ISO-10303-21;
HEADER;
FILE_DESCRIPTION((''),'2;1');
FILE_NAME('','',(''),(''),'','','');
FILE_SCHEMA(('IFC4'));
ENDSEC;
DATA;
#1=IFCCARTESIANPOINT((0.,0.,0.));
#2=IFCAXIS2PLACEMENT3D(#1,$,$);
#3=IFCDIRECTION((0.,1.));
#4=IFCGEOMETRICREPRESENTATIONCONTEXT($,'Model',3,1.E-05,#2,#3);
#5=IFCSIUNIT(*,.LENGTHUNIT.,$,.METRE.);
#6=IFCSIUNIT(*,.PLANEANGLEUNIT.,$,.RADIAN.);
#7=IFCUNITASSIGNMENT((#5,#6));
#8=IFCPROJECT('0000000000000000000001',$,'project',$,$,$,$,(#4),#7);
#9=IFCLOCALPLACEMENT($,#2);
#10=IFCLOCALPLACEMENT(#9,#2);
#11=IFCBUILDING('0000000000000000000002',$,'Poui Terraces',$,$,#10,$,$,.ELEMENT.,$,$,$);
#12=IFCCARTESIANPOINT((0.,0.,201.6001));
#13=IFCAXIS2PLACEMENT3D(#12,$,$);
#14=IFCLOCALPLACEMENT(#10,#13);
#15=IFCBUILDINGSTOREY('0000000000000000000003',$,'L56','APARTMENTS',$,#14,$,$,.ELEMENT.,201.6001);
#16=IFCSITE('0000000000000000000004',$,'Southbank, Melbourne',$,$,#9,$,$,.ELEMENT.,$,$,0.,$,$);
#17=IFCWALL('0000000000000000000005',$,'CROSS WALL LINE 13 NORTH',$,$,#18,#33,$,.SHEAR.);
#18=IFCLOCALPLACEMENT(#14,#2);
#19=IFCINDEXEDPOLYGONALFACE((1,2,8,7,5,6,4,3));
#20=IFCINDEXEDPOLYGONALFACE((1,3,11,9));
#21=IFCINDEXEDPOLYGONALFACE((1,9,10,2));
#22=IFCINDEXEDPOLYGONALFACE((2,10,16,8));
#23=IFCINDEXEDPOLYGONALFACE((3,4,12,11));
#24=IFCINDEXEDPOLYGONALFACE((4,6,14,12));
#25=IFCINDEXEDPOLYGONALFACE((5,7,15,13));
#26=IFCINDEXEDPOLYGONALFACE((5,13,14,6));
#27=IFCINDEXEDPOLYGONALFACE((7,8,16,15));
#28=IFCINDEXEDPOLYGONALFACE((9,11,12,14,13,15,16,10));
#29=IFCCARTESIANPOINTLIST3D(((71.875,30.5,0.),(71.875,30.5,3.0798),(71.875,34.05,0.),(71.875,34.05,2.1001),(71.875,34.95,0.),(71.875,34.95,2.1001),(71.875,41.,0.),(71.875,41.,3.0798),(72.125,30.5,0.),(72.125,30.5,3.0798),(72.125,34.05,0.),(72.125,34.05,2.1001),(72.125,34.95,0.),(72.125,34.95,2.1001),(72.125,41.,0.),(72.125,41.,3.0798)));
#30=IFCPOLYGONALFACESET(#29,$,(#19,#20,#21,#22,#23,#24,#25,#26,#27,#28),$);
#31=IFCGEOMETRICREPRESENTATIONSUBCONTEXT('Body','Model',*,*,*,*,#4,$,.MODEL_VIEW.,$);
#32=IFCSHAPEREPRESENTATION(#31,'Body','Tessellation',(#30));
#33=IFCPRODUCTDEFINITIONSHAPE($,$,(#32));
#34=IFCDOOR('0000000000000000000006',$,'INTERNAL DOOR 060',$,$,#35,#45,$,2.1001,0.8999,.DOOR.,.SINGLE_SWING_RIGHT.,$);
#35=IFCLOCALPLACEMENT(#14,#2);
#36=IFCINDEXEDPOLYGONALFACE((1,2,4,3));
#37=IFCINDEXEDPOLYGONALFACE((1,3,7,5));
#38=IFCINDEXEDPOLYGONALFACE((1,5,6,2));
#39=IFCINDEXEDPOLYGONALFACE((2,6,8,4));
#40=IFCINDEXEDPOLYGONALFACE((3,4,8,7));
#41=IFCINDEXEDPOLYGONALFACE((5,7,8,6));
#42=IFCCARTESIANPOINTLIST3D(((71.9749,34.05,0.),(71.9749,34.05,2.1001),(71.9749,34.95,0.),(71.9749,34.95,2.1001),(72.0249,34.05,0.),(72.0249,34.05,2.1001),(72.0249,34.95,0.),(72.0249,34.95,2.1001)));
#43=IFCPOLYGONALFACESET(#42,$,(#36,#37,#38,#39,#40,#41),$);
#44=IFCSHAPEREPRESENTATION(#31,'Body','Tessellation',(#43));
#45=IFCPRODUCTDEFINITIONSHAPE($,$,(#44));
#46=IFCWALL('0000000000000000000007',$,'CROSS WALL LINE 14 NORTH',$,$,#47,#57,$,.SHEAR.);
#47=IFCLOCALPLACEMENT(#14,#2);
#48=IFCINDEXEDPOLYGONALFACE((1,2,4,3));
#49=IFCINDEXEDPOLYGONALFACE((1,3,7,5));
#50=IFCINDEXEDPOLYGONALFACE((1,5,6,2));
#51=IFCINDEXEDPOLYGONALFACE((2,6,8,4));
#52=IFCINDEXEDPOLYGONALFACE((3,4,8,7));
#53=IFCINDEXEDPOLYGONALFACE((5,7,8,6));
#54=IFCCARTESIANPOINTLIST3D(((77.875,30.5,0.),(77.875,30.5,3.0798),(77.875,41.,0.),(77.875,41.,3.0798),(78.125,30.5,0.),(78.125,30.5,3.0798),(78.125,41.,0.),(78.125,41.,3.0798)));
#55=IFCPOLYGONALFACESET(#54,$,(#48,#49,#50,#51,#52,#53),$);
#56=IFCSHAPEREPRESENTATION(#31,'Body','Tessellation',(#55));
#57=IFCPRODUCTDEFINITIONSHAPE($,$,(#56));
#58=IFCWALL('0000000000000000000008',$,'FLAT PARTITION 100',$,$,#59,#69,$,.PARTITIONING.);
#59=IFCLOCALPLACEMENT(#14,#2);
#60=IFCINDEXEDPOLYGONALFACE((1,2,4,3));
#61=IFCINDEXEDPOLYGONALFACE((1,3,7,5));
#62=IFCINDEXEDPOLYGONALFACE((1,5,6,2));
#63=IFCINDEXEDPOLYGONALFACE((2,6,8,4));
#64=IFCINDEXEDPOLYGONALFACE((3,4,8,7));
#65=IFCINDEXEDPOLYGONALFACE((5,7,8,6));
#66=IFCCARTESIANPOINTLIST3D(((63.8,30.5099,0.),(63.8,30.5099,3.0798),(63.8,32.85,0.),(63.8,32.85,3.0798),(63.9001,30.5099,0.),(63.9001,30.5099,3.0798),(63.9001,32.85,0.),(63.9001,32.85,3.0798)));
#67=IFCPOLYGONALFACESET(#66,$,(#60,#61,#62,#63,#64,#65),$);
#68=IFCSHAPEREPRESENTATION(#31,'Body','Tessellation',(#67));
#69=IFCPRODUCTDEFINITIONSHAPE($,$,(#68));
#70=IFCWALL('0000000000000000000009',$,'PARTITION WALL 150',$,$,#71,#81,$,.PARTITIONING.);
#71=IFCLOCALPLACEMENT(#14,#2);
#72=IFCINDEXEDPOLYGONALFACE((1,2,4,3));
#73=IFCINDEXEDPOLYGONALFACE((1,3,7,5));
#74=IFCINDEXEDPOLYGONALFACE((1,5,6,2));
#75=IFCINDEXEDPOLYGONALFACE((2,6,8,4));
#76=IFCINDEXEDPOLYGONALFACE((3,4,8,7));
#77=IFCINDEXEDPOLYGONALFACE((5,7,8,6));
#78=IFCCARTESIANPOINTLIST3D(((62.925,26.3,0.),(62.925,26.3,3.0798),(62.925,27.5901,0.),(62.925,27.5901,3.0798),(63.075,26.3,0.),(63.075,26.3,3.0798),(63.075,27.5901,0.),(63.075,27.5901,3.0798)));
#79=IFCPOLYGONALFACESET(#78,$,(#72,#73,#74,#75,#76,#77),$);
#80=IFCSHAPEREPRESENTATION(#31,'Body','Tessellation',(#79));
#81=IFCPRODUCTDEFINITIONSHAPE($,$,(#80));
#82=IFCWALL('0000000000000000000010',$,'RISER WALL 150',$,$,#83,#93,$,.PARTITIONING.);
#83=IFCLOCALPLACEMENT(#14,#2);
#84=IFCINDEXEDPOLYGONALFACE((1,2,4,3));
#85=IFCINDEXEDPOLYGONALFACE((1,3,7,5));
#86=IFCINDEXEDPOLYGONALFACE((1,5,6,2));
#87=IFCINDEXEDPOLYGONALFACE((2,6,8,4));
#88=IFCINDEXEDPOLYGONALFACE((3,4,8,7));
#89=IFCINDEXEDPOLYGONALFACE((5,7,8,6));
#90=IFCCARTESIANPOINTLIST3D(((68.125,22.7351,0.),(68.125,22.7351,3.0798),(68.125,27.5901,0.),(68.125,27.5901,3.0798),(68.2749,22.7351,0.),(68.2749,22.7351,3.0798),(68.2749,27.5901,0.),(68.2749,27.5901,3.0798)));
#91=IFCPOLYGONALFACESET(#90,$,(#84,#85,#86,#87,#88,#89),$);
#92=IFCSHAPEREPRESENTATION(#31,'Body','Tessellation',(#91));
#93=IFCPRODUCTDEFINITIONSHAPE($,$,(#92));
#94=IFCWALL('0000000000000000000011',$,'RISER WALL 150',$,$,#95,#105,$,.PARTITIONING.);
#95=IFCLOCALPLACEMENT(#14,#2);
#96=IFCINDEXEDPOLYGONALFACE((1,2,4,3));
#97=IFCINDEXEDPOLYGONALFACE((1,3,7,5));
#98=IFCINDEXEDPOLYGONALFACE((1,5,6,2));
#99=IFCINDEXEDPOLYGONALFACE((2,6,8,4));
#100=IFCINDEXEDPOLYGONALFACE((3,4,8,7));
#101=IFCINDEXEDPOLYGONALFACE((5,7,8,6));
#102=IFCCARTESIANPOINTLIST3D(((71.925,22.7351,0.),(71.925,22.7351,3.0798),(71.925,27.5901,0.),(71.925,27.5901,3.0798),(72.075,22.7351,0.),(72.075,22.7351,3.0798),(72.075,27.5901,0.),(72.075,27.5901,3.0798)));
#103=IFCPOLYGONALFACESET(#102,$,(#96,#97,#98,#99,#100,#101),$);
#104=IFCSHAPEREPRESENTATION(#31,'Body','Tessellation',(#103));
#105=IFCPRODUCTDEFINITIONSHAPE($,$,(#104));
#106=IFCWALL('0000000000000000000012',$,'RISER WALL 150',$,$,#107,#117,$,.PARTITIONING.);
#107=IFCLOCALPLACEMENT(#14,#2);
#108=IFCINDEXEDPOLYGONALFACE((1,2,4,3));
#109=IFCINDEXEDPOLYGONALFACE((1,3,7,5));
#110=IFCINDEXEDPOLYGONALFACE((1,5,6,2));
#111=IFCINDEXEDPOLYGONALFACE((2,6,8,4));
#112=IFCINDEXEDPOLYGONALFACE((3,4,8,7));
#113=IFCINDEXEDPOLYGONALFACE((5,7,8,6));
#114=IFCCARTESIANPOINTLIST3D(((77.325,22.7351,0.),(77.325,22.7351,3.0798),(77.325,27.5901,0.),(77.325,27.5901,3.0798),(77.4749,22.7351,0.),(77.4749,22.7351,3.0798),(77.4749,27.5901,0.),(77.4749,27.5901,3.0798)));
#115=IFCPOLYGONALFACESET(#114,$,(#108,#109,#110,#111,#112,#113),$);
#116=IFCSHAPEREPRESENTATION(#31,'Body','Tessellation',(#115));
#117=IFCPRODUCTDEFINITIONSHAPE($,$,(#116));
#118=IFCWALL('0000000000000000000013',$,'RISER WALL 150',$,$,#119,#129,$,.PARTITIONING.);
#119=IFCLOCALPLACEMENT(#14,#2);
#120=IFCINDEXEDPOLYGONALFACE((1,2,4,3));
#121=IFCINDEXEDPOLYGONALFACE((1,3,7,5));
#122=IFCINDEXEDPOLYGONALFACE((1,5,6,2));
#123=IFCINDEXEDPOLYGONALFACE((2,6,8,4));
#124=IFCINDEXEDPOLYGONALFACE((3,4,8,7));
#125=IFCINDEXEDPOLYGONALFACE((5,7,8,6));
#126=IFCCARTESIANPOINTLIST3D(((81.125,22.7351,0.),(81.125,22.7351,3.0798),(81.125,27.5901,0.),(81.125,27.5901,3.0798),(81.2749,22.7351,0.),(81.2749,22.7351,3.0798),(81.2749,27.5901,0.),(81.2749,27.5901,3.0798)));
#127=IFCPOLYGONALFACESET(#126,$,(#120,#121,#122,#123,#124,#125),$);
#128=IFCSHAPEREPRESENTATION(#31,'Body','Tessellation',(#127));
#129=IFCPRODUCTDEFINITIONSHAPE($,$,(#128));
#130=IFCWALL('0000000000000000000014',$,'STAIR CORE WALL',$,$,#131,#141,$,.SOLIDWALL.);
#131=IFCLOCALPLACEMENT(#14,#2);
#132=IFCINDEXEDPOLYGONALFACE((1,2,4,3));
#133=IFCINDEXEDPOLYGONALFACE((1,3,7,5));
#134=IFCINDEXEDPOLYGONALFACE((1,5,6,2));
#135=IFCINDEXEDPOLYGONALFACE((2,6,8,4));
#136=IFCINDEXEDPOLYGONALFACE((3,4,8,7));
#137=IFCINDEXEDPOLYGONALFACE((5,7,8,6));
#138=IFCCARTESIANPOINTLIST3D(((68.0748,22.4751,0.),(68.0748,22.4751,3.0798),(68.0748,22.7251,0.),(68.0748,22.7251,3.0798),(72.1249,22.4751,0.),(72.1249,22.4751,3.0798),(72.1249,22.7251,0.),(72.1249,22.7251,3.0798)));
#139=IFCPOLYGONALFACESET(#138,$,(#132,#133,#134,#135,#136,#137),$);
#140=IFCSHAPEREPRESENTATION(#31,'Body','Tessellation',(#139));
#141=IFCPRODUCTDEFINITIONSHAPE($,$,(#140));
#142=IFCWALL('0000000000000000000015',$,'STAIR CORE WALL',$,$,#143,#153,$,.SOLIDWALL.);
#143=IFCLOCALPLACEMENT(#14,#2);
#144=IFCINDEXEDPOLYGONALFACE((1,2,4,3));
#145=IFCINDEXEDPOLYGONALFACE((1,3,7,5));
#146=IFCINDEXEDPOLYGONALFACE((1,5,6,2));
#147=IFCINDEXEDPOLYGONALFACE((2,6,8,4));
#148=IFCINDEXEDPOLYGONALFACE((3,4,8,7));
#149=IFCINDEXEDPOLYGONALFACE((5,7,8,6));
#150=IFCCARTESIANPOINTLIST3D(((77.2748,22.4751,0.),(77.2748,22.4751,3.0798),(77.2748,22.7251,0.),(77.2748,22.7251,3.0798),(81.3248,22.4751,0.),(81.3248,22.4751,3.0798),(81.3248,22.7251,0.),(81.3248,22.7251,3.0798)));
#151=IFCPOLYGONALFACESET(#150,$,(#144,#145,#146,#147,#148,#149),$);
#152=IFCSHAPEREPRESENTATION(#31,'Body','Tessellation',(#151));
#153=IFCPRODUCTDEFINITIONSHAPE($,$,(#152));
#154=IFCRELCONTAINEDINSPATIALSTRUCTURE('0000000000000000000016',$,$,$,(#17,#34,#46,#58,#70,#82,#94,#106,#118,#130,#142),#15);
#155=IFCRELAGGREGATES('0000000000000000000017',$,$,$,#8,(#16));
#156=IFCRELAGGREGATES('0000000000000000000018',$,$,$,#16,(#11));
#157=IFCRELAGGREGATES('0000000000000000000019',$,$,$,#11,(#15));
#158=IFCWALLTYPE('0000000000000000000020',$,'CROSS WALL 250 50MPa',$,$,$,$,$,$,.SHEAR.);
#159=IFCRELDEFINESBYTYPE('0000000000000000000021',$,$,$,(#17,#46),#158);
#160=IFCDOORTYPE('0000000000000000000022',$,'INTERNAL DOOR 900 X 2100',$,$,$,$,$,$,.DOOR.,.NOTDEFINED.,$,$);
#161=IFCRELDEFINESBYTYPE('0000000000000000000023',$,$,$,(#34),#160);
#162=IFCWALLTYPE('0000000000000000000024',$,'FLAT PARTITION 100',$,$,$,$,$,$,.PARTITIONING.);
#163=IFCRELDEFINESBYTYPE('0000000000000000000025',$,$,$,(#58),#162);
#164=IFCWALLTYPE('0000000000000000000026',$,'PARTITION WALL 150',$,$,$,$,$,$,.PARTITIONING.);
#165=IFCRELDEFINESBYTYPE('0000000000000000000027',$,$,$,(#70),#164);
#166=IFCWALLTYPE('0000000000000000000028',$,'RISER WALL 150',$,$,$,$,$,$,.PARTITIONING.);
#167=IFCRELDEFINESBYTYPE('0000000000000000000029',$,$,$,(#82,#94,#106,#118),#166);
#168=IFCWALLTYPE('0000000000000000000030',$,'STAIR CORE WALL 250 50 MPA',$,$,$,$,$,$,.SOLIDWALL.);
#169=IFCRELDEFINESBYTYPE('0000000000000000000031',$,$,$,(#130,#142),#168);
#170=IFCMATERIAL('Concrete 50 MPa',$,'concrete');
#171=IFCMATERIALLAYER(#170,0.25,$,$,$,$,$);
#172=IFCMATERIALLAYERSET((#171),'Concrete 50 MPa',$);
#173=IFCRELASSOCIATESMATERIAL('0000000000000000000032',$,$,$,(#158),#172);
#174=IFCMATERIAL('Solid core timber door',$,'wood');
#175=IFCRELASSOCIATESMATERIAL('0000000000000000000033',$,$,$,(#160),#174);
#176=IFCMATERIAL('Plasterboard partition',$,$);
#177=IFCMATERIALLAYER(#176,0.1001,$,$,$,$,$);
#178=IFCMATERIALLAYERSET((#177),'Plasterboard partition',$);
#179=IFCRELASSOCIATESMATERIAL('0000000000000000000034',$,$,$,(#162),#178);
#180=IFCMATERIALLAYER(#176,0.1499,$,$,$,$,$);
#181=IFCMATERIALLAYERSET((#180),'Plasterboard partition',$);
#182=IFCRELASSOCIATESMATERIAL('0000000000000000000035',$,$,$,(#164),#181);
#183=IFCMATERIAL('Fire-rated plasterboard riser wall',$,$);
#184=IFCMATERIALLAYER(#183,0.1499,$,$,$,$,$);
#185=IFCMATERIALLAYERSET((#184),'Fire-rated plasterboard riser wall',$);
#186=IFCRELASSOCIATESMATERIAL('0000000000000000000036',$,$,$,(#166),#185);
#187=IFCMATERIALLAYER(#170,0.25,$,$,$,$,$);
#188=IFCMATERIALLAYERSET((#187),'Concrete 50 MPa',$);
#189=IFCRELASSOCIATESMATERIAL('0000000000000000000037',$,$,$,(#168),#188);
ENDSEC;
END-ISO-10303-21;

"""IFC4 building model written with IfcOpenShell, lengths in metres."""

from ifc_helpers import new_model, si_unit, direction, frame, frame_2d, origin, place, context, subcontext, project, spatial, rectangle, extrude, material, layer, layer_set, type_object, element, fill, save


model = new_model("IFC4")

# Units and contexts
model_context = context("Model", 3, precision=1e-05, world=origin(), true_north=direction((0.0, 1.0)))
body_context = subcontext(model_context, "Body", "Model", "MODEL_VIEW")
ifc_project = project(units=[si_unit("LENGTHUNIT", "METRE"), si_unit("PLANEANGLEUNIT", "RADIAN")], contexts=[model_context])

# Site, building, storey
site_placement = place(None, origin())
site = spatial("IfcSite", under=ifc_project, at=site_placement, Name="Southbank, Melbourne", CompositionType="ELEMENT", RefElevation=0.0)
building_placement = place(site_placement, origin())
building = spatial("IfcBuilding", under=site, at=building_placement, Name="Poui Terraces", CompositionType="ELEMENT")
storey_placement = place(building_placement, frame((0.0, 0.0, 201.6001)))
storey = spatial("IfcBuildingStorey", under=building, at=storey_placement, Name="L56", Description="APARTMENTS", CompositionType="ELEMENT", Elevation=201.6001)

# Shared definitions
ifc_material_1 = material(Name="Concrete 50 MPa", Category="concrete")

# Wall, opening, door
ifc_material_2 = material(Name="Solid core timber door", Category="wood")
ifc_layer_1 = layer(ifc_material_1, 0.25)
ifc_layer_set_1 = layer_set([ifc_layer_1], Name="Concrete 50 MPa")
wall_type_1 = type_object("IfcWallType", Name="CROSS WALL 250 50MPa", PredefinedType="SHEAR", material=ifc_layer_set_1)
door_type_1 = type_object("IfcDoorType", Name="INTERNAL DOOR 900 X 2100", OperationType="NOTDEFINED", PredefinedType="DOOR", material=ifc_material_2)
wall_1_placement = place(storey_placement, frame((72.0, 30.5, 0.0), z_axis=(0.0, 0.0, 1.0), x_axis=(0.0, 1.0, 0.0)))
wall_1 = element("IfcWall", 1, at=wall_1_placement, inside=storey, type_object=wall_type_1, Name="CROSS WALL LINE 13 NORTH", PredefinedType="SHEAR", context=body_context, shape_type="SweptSolid", body=[
    extrude(rectangle(XDim=10.5, YDim=0.25, at=frame_2d((5.25, 0.0))), origin(), (0.0, 0.0, 1.0), 3.0798),
])
opening_1_placement = place(wall_1_placement, frame((3.55, 0.0, 0.0)))
opening_1 = element("IfcOpeningElement", 2, at=opening_1_placement, cuts=wall_1, PredefinedType="OPENING", context=body_context, shape_type="SweptSolid", body=[
    extrude(rectangle(XDim=0.8999, YDim=2.1001, at=frame_2d((0.45, 1.05))), frame((0.0, 0.135, 0.0), z_axis=(0.0, -1.0, 0.0), x_axis=(1.0, 0.0, 0.0)), (0.0, 0.0, 1.0), 0.27),
])
door_1_placement = place(opening_1_placement, frame((0.8999, 0.0, 0.0), z_axis=(0.0, 0.0, 1.0), x_axis=(-1.0, 0.0, 0.0)))
door_1 = element("IfcDoor", 3, at=door_1_placement, inside=storey, type_object=door_type_1, Name="INTERNAL DOOR 060", OperationType="SINGLE_SWING_RIGHT", OverallHeight=2.1001, OverallWidth=0.8999, PredefinedType="DOOR", context=body_context, shape_type="SweptSolid", body=[
    extrude(rectangle(XDim=0.8999, YDim=2.1001, at=frame_2d((0.45, 1.05))), frame((0.0, 0.0249, 0.0), z_axis=(0.0, -1.0, 0.0), x_axis=(1.0, 0.0, 0.0)), (0.0, 0.0, 1.0), 0.05),
])
fill(opening_1, door_1)

# Walls
wall_2_placement = place(storey_placement, frame((78.0, 30.5, 0.0), z_axis=(0.0, 0.0, 1.0), x_axis=(0.0, 1.0, 0.0)))
element("IfcWall", 4, at=wall_2_placement, inside=storey, type_object=wall_type_1, Name="CROSS WALL LINE 14 NORTH", PredefinedType="SHEAR", context=body_context, shape_type="SweptSolid", body=[
    extrude(rectangle(XDim=10.5, YDim=0.25, at=frame_2d((5.25, 0.0))), origin(), (0.0, 0.0, 1.0), 3.0798),
])
ifc_material_3 = material(Name="Plasterboard partition")
ifc_layer_2 = layer(ifc_material_3, 0.1001)
ifc_layer_set_2 = layer_set([ifc_layer_2], Name="Plasterboard partition")
wall_type_2 = type_object("IfcWallType", Name="FLAT PARTITION 100", PredefinedType="PARTITIONING", material=ifc_layer_set_2)
wall_3_placement = place(storey_placement, frame((63.8501, 30.51, 0.0), z_axis=(0.0, 0.0, 1.0), x_axis=(0.0, 1.0, 0.0)))
element("IfcWall", 5, at=wall_3_placement, inside=storey, type_object=wall_type_2, Name="FLAT PARTITION 100", PredefinedType="PARTITIONING", context=body_context, shape_type="SweptSolid", body=[
    extrude(rectangle(XDim=2.3401, YDim=0.1001, at=frame_2d((1.1699, 0.0))), origin(), (0.0, 0.0, 1.0), 3.0798),
])
ifc_layer_3 = layer(ifc_material_3, 0.1499)
ifc_layer_set_3 = layer_set([ifc_layer_3], Name="Plasterboard partition")
wall_type_3 = type_object("IfcWallType", Name="PARTITION WALL 150", PredefinedType="PARTITIONING", material=ifc_layer_set_3)
wall_4_placement = place(storey_placement, frame((63.0, 26.3, 0.0), z_axis=(0.0, 0.0, 1.0), x_axis=(0.0, 1.0, 0.0)))
element("IfcWall", 6, at=wall_4_placement, inside=storey, type_object=wall_type_3, Name="PARTITION WALL 150", PredefinedType="PARTITIONING", context=body_context, shape_type="SweptSolid", body=[
    extrude(rectangle(XDim=1.29, YDim=0.1499, at=frame_2d((0.645, 0.0))), origin(), (0.0, 0.0, 1.0), 3.0798),
])
ifc_material_4 = material(Name="Fire-rated plasterboard riser wall")
ifc_layer_4 = layer(ifc_material_4, 0.1499)
ifc_layer_set_4 = layer_set([ifc_layer_4], Name="Fire-rated plasterboard riser wall")
wall_type_4 = type_object("IfcWallType", Name="RISER WALL 150", PredefinedType="PARTITIONING", material=ifc_layer_set_4)
for number, where, z_axis, x_axis, name in (
    (7, (68.2, 22.7351, 0.0), (0.0, 0.0, 1.0), (0.0, 1.0, 0.0), "RISER WALL 150"),
    (8, (72.0, 22.7351, 0.0), (0.0, 0.0, 1.0), (0.0, 1.0, 0.0), "RISER WALL 150"),
    (9, (77.3999, 22.7351, 0.0), (0.0, 0.0, 1.0), (0.0, 1.0, 0.0), "RISER WALL 150"),
    (10, (81.2, 22.7351, 0.0), (0.0, 0.0, 1.0), (0.0, 1.0, 0.0), "RISER WALL 150"),
):
    element("IfcWall", number, at=place(storey_placement, frame(where, z_axis=z_axis, x_axis=x_axis)), inside=storey, type_object=wall_type_4, Name=name, PredefinedType="PARTITIONING", context=body_context, shape_type="SweptSolid", body=[
        extrude(rectangle(XDim=4.855, YDim=0.1499, at=frame_2d((2.4275, 0.0))), origin(), (0.0, 0.0, 1.0), 3.0798),
    ])
ifc_layer_5 = layer(ifc_material_1, 0.25)
ifc_layer_set_5 = layer_set([ifc_layer_5], Name="Concrete 50 MPa")
wall_type_5 = type_object("IfcWallType", Name="STAIR CORE WALL 250 50 MPA", PredefinedType="SOLIDWALL", material=ifc_layer_set_5)
for number, where, z_axis, x_axis, name in (
    (11, (68.075, 22.6001, 0.0), (0.0, 0.0, 1.0), (1.0, 0.0, 0.0), "STAIR CORE WALL"),
    (12, (77.2749, 22.6001, 0.0), (0.0, 0.0, 1.0), (1.0, 0.0, 0.0), "STAIR CORE WALL"),
):
    element("IfcWall", number, at=place(storey_placement, frame(where, z_axis=z_axis, x_axis=x_axis)), inside=storey, type_object=wall_type_5, Name=name, PredefinedType="SOLIDWALL", context=body_context, shape_type="SweptSolid", body=[
        extrude(rectangle(XDim=4.05, YDim=0.25, at=frame_2d((2.0249, 0.0))), origin(), (0.0, 0.0, 1.0), 3.0798),
    ])

save(model, "model.ifc")
